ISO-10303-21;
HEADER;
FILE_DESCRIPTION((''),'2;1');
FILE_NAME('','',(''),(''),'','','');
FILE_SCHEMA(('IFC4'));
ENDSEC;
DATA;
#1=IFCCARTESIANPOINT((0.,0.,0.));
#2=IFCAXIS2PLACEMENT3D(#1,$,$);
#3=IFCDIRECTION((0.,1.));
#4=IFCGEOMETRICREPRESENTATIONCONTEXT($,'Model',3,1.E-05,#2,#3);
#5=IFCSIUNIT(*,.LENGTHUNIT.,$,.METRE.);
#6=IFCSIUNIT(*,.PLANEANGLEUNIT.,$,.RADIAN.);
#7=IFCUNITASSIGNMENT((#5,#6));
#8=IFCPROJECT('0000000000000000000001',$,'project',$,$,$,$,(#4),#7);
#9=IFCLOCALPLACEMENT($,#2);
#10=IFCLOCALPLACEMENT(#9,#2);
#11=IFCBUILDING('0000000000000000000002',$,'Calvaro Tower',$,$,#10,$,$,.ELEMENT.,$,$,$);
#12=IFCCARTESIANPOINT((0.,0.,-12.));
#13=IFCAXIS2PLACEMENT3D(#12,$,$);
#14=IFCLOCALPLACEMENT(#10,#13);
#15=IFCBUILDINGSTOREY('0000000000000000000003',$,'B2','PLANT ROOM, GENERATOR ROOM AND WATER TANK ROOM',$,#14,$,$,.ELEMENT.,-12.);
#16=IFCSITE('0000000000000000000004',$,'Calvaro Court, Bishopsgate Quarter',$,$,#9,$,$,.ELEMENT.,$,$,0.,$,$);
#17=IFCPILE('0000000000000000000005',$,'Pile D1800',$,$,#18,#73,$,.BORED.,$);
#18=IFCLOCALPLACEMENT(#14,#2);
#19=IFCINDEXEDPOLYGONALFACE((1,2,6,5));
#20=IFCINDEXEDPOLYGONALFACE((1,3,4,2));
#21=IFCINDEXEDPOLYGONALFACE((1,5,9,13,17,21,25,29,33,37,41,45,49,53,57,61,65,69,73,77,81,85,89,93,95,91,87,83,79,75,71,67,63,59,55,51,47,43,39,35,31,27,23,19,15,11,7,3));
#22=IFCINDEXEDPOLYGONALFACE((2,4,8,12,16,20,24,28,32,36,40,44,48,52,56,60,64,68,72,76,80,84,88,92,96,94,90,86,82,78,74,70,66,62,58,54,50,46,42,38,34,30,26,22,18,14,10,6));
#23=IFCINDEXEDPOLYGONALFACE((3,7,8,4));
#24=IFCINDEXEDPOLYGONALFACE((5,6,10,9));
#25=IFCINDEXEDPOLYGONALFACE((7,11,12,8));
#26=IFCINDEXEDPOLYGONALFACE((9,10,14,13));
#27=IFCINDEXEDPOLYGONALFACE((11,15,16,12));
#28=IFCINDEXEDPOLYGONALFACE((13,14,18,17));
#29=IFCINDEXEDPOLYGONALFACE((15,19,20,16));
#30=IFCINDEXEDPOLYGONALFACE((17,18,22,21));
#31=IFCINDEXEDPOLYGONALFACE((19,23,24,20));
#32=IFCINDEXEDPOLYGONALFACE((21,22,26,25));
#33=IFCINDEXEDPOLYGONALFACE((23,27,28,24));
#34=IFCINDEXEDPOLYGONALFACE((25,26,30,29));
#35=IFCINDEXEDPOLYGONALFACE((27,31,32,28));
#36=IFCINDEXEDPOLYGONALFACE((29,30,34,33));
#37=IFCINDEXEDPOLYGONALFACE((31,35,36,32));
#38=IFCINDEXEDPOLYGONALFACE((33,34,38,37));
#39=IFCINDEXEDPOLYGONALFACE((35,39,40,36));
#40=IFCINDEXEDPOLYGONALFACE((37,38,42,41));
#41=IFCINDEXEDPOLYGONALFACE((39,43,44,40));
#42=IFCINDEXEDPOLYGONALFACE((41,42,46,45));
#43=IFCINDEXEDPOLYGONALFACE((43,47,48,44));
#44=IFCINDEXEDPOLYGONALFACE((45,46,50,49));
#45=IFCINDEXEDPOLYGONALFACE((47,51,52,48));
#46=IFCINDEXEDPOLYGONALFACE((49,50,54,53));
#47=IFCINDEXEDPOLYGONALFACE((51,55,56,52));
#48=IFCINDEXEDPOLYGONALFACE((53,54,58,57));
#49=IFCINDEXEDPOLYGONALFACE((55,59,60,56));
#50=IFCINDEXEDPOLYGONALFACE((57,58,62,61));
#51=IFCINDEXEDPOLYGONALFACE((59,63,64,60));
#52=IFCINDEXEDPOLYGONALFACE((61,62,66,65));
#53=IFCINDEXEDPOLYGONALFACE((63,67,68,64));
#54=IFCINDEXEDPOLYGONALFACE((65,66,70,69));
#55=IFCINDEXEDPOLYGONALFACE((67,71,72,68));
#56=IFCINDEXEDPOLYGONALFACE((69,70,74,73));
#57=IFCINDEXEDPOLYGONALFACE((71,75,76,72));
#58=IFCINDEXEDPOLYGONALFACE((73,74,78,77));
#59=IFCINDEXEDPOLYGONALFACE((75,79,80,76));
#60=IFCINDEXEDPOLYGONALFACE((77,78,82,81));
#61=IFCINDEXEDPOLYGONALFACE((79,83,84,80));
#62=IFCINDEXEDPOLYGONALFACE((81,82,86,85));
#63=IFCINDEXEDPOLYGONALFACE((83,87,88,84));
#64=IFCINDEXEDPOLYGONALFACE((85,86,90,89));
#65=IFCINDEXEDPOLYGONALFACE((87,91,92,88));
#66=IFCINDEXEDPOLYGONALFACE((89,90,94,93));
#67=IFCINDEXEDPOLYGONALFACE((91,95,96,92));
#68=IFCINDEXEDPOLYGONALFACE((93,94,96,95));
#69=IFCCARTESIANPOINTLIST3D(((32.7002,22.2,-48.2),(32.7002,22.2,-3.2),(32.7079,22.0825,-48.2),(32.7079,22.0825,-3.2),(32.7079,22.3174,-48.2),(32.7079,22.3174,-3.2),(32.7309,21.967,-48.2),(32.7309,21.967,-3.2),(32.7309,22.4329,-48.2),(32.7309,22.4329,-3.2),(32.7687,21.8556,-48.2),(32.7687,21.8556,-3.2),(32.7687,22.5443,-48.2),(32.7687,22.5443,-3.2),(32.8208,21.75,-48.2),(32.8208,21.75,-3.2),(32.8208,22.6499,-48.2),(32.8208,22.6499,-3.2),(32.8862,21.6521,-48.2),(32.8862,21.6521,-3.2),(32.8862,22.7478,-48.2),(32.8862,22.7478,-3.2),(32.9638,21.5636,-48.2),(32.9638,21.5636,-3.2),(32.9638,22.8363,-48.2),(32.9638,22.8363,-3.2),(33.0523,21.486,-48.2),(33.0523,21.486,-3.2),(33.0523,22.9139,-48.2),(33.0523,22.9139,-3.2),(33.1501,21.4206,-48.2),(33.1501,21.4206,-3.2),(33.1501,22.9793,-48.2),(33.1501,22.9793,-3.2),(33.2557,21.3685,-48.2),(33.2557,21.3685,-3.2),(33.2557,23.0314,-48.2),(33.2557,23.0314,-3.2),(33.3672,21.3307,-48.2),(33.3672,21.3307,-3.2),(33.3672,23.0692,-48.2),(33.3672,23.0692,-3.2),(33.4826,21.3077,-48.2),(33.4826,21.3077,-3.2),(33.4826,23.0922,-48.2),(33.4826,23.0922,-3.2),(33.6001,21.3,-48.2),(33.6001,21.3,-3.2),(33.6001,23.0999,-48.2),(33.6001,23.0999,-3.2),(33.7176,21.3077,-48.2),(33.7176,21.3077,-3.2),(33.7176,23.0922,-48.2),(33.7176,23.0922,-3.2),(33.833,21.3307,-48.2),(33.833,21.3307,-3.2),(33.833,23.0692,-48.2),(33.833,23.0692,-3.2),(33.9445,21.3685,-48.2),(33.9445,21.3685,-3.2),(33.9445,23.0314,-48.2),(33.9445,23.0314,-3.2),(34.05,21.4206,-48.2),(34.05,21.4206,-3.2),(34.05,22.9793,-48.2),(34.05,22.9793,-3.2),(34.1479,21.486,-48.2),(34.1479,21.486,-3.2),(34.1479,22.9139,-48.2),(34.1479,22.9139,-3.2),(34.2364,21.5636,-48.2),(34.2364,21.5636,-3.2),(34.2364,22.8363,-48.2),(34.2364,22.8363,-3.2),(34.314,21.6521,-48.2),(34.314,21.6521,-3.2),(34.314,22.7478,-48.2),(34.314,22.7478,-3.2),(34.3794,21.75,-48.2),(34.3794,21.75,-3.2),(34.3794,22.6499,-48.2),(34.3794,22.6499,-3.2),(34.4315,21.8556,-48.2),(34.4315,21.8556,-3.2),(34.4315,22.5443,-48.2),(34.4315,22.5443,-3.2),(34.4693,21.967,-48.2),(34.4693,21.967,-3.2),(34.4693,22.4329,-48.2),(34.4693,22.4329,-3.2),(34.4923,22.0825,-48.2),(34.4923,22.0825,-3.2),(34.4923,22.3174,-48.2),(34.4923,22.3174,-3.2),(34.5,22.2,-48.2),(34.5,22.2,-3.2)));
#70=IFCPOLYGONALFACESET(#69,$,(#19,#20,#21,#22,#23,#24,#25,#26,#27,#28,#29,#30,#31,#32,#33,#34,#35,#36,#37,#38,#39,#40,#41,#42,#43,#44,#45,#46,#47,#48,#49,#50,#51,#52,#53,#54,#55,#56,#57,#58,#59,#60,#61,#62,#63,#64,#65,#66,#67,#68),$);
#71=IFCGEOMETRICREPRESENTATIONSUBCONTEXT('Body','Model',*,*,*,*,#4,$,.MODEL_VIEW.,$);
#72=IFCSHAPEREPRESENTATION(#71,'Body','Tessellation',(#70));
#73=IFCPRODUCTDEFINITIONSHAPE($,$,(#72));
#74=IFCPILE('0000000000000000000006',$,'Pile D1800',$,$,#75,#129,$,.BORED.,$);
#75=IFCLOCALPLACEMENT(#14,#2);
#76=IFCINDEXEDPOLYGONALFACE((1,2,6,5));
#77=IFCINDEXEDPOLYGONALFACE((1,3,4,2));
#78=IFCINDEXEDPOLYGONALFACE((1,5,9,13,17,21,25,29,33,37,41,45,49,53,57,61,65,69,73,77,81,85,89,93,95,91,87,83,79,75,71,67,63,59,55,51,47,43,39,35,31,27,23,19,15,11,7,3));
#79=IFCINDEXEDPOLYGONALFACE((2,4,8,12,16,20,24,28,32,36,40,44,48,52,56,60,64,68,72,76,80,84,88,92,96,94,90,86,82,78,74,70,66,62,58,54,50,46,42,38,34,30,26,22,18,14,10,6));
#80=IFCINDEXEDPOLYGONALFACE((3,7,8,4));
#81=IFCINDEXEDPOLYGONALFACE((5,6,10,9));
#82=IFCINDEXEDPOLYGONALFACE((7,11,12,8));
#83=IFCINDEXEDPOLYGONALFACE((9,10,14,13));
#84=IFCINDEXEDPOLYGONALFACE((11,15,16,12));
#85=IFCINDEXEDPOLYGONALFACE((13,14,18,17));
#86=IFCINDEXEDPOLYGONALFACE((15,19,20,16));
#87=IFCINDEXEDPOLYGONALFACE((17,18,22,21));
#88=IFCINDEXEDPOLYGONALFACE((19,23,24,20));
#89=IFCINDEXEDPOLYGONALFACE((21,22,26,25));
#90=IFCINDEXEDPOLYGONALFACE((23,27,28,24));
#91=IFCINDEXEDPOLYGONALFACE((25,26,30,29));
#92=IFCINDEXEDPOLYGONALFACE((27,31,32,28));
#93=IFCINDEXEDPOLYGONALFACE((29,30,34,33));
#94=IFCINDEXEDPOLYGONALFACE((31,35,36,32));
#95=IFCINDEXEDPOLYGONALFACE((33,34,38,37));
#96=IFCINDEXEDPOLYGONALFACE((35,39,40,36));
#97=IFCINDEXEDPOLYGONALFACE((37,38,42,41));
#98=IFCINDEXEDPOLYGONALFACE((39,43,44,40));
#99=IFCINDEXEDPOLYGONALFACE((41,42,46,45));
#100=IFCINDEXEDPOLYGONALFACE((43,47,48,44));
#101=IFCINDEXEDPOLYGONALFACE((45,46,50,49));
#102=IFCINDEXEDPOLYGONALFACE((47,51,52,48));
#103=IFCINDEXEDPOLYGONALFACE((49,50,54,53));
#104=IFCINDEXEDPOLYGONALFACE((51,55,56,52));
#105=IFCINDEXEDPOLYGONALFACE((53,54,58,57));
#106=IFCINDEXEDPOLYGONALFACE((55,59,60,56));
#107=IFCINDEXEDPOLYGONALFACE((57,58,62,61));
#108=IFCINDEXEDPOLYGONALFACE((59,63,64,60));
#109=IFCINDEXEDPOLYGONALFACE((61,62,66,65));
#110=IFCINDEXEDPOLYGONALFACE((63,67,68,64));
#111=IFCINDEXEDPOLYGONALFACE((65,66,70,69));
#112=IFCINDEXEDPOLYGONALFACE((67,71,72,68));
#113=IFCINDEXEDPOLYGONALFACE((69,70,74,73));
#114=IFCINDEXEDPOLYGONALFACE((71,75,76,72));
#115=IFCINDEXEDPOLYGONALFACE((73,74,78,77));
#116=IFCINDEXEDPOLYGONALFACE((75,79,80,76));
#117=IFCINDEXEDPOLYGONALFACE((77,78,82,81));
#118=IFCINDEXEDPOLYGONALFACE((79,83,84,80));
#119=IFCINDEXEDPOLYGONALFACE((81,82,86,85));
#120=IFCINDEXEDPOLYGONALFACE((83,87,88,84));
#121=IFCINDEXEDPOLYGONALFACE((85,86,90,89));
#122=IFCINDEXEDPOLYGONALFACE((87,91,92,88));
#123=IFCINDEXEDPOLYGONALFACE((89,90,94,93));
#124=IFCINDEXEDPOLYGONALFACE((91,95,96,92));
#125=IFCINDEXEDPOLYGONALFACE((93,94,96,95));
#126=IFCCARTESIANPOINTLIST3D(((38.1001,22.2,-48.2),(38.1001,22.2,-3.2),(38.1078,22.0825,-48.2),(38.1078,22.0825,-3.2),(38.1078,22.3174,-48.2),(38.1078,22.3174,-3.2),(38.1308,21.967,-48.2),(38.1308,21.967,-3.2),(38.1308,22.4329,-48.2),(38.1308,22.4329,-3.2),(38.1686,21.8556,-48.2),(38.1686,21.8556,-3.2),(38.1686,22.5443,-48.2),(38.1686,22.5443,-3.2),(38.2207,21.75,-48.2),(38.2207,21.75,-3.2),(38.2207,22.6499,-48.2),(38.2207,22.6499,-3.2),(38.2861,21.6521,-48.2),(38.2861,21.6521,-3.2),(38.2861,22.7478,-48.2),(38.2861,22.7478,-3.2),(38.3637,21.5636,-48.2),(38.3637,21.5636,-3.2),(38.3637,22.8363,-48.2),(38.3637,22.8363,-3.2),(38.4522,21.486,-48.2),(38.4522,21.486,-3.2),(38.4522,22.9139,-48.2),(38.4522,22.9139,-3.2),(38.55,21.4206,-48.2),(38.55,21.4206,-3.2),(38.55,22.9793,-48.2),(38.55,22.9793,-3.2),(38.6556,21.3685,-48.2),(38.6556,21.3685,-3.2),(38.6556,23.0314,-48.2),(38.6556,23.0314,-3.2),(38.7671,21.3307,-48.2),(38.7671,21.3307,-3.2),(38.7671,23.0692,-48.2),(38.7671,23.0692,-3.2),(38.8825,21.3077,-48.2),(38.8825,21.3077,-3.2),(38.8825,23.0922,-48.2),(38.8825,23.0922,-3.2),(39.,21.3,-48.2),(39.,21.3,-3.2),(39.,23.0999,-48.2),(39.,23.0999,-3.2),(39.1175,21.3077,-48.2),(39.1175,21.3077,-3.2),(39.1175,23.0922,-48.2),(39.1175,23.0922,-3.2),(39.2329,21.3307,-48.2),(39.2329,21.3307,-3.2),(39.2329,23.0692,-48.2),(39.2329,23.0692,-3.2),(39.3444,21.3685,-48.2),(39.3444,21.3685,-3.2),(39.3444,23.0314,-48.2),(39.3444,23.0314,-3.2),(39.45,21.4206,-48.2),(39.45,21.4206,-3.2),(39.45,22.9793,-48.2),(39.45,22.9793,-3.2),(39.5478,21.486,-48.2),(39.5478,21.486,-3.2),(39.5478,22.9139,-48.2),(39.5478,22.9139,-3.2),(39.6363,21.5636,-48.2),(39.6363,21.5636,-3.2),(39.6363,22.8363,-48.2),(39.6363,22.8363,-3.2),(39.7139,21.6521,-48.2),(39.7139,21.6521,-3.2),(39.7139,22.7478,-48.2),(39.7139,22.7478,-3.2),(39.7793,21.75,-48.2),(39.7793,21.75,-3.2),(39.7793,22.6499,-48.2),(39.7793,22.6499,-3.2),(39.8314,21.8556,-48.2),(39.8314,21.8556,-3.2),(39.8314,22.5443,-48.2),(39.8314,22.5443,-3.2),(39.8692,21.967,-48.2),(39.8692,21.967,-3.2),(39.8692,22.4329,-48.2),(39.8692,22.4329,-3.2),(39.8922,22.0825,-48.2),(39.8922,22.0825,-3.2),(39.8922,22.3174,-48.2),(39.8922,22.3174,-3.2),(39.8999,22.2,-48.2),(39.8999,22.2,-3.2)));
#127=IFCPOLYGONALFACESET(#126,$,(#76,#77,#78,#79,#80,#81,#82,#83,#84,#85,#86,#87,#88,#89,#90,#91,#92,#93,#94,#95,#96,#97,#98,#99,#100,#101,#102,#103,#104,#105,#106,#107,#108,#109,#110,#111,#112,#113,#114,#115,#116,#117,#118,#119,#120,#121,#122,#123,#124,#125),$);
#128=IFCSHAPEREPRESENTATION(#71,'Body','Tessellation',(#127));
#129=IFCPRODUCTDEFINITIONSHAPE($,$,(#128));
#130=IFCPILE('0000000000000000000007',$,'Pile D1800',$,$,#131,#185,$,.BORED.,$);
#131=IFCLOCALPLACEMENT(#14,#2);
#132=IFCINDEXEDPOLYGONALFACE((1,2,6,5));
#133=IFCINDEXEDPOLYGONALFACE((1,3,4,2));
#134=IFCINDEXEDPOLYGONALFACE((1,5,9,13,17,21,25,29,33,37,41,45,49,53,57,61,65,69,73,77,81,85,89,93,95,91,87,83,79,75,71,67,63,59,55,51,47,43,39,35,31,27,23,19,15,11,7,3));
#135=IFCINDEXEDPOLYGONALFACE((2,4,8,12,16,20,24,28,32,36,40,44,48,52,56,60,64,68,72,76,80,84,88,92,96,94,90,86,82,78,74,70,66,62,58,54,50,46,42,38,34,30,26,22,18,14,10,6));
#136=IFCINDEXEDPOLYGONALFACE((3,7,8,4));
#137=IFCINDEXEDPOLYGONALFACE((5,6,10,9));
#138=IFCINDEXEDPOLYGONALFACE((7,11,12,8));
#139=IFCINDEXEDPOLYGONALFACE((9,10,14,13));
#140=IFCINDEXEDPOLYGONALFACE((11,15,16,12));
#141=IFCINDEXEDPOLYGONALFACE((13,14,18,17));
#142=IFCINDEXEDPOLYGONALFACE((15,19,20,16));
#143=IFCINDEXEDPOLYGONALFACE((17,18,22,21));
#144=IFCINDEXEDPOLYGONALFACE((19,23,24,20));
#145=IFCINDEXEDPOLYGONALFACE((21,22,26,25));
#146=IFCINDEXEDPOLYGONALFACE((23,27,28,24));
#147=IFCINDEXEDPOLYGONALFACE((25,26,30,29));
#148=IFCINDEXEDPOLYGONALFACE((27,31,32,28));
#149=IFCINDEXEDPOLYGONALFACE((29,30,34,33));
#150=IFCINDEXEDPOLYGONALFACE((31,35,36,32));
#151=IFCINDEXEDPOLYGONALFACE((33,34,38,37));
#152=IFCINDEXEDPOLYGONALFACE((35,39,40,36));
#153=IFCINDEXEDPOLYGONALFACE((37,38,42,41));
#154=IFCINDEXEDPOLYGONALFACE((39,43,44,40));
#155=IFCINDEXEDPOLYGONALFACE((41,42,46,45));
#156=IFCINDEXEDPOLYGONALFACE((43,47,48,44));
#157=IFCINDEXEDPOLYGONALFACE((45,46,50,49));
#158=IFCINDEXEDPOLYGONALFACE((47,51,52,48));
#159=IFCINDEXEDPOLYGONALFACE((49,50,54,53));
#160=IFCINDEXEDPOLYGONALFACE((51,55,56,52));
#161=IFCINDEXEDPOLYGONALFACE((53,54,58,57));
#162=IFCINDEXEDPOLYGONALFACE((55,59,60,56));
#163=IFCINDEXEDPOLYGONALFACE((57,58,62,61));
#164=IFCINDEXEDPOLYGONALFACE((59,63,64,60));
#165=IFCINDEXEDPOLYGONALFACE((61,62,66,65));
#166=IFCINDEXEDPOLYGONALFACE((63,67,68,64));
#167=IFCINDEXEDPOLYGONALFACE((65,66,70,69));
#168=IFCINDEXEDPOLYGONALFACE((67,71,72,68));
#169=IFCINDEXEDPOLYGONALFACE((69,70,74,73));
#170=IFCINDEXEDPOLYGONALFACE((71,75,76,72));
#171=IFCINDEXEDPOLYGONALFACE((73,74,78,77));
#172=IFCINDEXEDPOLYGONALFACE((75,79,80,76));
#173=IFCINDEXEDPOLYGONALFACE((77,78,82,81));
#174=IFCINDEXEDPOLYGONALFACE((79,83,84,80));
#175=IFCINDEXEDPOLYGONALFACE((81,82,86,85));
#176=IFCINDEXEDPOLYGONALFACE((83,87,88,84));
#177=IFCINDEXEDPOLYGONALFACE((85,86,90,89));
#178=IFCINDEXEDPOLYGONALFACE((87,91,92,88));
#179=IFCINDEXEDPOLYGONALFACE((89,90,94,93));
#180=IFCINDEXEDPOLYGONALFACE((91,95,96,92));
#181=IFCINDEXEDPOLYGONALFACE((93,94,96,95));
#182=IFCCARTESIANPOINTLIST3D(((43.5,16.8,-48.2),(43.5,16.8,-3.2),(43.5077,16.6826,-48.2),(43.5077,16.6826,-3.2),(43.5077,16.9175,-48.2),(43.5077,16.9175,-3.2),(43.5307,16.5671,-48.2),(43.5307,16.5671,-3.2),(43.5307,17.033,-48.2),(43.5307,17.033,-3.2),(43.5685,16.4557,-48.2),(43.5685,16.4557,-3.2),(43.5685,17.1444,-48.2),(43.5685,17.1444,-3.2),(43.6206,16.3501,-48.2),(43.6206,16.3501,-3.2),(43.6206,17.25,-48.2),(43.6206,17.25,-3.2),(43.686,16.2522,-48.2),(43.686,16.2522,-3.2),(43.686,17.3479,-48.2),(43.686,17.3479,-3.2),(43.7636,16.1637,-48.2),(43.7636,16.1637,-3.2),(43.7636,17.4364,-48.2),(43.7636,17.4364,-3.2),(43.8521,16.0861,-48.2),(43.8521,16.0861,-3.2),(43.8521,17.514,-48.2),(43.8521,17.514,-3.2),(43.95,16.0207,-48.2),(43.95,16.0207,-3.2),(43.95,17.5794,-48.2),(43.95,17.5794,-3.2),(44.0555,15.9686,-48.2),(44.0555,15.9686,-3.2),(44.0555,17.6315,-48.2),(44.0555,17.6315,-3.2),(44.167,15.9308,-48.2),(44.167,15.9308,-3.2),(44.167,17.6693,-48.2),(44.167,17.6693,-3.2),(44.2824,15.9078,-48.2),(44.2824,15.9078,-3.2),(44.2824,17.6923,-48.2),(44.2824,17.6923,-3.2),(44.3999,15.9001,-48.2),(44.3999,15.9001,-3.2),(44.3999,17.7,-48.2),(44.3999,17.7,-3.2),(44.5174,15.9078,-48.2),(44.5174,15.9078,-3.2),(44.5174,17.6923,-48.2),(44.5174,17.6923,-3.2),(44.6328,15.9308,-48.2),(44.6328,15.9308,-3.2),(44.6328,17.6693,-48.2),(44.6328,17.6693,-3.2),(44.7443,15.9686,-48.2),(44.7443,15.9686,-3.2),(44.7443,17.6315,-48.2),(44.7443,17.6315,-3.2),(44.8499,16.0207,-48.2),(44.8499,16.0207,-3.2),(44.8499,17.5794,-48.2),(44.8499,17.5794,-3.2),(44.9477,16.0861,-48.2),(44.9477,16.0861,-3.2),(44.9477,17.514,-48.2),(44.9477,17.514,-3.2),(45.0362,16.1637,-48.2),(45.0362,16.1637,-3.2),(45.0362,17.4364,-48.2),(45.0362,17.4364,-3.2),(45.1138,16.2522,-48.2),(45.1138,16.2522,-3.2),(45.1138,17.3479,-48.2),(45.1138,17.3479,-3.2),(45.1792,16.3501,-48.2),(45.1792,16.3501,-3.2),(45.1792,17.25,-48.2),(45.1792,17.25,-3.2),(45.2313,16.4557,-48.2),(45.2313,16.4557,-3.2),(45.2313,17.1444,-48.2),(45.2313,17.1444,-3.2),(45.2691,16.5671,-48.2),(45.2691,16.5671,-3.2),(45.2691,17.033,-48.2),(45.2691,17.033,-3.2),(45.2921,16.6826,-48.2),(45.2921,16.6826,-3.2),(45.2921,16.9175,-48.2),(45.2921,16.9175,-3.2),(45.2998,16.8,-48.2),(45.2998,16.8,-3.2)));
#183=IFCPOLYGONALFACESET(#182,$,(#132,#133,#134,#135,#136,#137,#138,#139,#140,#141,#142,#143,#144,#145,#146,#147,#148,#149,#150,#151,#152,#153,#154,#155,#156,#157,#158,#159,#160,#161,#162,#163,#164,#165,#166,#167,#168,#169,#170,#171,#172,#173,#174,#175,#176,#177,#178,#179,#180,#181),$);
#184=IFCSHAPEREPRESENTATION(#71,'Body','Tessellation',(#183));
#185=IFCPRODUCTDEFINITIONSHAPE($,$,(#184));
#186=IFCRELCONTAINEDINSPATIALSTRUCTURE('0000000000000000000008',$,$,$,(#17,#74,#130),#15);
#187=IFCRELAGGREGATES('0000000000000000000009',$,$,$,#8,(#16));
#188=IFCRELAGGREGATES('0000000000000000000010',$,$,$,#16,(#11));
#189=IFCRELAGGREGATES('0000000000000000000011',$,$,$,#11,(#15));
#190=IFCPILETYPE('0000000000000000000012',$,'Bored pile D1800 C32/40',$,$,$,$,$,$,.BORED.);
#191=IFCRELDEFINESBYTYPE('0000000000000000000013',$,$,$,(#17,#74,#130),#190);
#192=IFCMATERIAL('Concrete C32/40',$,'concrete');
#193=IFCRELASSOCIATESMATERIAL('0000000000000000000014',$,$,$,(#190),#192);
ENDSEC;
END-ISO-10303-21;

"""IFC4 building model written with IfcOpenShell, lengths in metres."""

from ifc_helpers import new_model, si_unit, direction, frame, origin, origin_2d, place, context, subcontext, project, spatial, circle, extrude, material, material_profile, profile_set, type_object, element, save


model = new_model("IFC4")

# Units and contexts
model_context = context("Model", 3, precision=1e-05, world=origin(), true_north=direction((0.0, 1.0)))
body_context = subcontext(model_context, "Body", "Model", "MODEL_VIEW")
ifc_project = project(units=[si_unit("LENGTHUNIT", "METRE"), si_unit("PLANEANGLEUNIT", "RADIAN")], contexts=[model_context])

# Site, building, storey
site_placement = place(None, origin())
site = spatial("IfcSite", under=ifc_project, at=site_placement, Name="Calvaro Court, Bishopsgate Quarter", CompositionType="ELEMENT", RefElevation=0.0)
building_placement = place(site_placement, origin())
building = spatial("IfcBuilding", under=site, at=building_placement, Name="Calvaro Tower", CompositionType="ELEMENT")
storey_placement = place(building_placement, frame((0.0, 0.0, -12.0)))
storey = spatial("IfcBuildingStorey", under=building, at=storey_placement, Name="B2", Description="PLANT ROOM, GENERATOR ROOM AND WATER TANK ROOM", CompositionType="ELEMENT", Elevation=-12.0)

# Piles
ifc_material_1 = material(Name="Concrete C32/40", Category="concrete")
ifc_material_profile_1 = material_profile(ifc_material_1, circle(Radius=0.8999, at=origin_2d()), Name="Bored pile D1800")
ifc_profile_set_1 = profile_set([ifc_material_profile_1], Name="Concrete C32/40")
pile_type = type_object("IfcPileType", Name="Bored pile D1800 C32/40", PredefinedType="BORED", material=ifc_profile_set_1)
for number, where, z_axis, x_axis, name in (
    (1, (33.6001, 22.2, -3.2), (0.0, 0.0, -1.0), (1.0, 0.0, 0.0), "Pile D1800"),
    (2, (39.0, 22.2, -3.2), (0.0, 0.0, -1.0), (1.0, 0.0, 0.0), "Pile D1800"),
    (3, (44.3999, 16.8, -3.2), (0.0, 0.0, -1.0), (1.0, 0.0, 0.0), "Pile D1800"),
):
    element("IfcPile", number, at=place(storey_placement, frame(where, z_axis=z_axis, x_axis=x_axis)), inside=storey, type_object=pile_type, Name=name, PredefinedType="BORED", context=body_context, shape_type="SweptSolid", body=[
        extrude(circle(Radius=0.8999, at=origin_2d()), origin(), (0.0, 0.0, 1.0), 45.0),
    ])

save(model, "model.ifc")
